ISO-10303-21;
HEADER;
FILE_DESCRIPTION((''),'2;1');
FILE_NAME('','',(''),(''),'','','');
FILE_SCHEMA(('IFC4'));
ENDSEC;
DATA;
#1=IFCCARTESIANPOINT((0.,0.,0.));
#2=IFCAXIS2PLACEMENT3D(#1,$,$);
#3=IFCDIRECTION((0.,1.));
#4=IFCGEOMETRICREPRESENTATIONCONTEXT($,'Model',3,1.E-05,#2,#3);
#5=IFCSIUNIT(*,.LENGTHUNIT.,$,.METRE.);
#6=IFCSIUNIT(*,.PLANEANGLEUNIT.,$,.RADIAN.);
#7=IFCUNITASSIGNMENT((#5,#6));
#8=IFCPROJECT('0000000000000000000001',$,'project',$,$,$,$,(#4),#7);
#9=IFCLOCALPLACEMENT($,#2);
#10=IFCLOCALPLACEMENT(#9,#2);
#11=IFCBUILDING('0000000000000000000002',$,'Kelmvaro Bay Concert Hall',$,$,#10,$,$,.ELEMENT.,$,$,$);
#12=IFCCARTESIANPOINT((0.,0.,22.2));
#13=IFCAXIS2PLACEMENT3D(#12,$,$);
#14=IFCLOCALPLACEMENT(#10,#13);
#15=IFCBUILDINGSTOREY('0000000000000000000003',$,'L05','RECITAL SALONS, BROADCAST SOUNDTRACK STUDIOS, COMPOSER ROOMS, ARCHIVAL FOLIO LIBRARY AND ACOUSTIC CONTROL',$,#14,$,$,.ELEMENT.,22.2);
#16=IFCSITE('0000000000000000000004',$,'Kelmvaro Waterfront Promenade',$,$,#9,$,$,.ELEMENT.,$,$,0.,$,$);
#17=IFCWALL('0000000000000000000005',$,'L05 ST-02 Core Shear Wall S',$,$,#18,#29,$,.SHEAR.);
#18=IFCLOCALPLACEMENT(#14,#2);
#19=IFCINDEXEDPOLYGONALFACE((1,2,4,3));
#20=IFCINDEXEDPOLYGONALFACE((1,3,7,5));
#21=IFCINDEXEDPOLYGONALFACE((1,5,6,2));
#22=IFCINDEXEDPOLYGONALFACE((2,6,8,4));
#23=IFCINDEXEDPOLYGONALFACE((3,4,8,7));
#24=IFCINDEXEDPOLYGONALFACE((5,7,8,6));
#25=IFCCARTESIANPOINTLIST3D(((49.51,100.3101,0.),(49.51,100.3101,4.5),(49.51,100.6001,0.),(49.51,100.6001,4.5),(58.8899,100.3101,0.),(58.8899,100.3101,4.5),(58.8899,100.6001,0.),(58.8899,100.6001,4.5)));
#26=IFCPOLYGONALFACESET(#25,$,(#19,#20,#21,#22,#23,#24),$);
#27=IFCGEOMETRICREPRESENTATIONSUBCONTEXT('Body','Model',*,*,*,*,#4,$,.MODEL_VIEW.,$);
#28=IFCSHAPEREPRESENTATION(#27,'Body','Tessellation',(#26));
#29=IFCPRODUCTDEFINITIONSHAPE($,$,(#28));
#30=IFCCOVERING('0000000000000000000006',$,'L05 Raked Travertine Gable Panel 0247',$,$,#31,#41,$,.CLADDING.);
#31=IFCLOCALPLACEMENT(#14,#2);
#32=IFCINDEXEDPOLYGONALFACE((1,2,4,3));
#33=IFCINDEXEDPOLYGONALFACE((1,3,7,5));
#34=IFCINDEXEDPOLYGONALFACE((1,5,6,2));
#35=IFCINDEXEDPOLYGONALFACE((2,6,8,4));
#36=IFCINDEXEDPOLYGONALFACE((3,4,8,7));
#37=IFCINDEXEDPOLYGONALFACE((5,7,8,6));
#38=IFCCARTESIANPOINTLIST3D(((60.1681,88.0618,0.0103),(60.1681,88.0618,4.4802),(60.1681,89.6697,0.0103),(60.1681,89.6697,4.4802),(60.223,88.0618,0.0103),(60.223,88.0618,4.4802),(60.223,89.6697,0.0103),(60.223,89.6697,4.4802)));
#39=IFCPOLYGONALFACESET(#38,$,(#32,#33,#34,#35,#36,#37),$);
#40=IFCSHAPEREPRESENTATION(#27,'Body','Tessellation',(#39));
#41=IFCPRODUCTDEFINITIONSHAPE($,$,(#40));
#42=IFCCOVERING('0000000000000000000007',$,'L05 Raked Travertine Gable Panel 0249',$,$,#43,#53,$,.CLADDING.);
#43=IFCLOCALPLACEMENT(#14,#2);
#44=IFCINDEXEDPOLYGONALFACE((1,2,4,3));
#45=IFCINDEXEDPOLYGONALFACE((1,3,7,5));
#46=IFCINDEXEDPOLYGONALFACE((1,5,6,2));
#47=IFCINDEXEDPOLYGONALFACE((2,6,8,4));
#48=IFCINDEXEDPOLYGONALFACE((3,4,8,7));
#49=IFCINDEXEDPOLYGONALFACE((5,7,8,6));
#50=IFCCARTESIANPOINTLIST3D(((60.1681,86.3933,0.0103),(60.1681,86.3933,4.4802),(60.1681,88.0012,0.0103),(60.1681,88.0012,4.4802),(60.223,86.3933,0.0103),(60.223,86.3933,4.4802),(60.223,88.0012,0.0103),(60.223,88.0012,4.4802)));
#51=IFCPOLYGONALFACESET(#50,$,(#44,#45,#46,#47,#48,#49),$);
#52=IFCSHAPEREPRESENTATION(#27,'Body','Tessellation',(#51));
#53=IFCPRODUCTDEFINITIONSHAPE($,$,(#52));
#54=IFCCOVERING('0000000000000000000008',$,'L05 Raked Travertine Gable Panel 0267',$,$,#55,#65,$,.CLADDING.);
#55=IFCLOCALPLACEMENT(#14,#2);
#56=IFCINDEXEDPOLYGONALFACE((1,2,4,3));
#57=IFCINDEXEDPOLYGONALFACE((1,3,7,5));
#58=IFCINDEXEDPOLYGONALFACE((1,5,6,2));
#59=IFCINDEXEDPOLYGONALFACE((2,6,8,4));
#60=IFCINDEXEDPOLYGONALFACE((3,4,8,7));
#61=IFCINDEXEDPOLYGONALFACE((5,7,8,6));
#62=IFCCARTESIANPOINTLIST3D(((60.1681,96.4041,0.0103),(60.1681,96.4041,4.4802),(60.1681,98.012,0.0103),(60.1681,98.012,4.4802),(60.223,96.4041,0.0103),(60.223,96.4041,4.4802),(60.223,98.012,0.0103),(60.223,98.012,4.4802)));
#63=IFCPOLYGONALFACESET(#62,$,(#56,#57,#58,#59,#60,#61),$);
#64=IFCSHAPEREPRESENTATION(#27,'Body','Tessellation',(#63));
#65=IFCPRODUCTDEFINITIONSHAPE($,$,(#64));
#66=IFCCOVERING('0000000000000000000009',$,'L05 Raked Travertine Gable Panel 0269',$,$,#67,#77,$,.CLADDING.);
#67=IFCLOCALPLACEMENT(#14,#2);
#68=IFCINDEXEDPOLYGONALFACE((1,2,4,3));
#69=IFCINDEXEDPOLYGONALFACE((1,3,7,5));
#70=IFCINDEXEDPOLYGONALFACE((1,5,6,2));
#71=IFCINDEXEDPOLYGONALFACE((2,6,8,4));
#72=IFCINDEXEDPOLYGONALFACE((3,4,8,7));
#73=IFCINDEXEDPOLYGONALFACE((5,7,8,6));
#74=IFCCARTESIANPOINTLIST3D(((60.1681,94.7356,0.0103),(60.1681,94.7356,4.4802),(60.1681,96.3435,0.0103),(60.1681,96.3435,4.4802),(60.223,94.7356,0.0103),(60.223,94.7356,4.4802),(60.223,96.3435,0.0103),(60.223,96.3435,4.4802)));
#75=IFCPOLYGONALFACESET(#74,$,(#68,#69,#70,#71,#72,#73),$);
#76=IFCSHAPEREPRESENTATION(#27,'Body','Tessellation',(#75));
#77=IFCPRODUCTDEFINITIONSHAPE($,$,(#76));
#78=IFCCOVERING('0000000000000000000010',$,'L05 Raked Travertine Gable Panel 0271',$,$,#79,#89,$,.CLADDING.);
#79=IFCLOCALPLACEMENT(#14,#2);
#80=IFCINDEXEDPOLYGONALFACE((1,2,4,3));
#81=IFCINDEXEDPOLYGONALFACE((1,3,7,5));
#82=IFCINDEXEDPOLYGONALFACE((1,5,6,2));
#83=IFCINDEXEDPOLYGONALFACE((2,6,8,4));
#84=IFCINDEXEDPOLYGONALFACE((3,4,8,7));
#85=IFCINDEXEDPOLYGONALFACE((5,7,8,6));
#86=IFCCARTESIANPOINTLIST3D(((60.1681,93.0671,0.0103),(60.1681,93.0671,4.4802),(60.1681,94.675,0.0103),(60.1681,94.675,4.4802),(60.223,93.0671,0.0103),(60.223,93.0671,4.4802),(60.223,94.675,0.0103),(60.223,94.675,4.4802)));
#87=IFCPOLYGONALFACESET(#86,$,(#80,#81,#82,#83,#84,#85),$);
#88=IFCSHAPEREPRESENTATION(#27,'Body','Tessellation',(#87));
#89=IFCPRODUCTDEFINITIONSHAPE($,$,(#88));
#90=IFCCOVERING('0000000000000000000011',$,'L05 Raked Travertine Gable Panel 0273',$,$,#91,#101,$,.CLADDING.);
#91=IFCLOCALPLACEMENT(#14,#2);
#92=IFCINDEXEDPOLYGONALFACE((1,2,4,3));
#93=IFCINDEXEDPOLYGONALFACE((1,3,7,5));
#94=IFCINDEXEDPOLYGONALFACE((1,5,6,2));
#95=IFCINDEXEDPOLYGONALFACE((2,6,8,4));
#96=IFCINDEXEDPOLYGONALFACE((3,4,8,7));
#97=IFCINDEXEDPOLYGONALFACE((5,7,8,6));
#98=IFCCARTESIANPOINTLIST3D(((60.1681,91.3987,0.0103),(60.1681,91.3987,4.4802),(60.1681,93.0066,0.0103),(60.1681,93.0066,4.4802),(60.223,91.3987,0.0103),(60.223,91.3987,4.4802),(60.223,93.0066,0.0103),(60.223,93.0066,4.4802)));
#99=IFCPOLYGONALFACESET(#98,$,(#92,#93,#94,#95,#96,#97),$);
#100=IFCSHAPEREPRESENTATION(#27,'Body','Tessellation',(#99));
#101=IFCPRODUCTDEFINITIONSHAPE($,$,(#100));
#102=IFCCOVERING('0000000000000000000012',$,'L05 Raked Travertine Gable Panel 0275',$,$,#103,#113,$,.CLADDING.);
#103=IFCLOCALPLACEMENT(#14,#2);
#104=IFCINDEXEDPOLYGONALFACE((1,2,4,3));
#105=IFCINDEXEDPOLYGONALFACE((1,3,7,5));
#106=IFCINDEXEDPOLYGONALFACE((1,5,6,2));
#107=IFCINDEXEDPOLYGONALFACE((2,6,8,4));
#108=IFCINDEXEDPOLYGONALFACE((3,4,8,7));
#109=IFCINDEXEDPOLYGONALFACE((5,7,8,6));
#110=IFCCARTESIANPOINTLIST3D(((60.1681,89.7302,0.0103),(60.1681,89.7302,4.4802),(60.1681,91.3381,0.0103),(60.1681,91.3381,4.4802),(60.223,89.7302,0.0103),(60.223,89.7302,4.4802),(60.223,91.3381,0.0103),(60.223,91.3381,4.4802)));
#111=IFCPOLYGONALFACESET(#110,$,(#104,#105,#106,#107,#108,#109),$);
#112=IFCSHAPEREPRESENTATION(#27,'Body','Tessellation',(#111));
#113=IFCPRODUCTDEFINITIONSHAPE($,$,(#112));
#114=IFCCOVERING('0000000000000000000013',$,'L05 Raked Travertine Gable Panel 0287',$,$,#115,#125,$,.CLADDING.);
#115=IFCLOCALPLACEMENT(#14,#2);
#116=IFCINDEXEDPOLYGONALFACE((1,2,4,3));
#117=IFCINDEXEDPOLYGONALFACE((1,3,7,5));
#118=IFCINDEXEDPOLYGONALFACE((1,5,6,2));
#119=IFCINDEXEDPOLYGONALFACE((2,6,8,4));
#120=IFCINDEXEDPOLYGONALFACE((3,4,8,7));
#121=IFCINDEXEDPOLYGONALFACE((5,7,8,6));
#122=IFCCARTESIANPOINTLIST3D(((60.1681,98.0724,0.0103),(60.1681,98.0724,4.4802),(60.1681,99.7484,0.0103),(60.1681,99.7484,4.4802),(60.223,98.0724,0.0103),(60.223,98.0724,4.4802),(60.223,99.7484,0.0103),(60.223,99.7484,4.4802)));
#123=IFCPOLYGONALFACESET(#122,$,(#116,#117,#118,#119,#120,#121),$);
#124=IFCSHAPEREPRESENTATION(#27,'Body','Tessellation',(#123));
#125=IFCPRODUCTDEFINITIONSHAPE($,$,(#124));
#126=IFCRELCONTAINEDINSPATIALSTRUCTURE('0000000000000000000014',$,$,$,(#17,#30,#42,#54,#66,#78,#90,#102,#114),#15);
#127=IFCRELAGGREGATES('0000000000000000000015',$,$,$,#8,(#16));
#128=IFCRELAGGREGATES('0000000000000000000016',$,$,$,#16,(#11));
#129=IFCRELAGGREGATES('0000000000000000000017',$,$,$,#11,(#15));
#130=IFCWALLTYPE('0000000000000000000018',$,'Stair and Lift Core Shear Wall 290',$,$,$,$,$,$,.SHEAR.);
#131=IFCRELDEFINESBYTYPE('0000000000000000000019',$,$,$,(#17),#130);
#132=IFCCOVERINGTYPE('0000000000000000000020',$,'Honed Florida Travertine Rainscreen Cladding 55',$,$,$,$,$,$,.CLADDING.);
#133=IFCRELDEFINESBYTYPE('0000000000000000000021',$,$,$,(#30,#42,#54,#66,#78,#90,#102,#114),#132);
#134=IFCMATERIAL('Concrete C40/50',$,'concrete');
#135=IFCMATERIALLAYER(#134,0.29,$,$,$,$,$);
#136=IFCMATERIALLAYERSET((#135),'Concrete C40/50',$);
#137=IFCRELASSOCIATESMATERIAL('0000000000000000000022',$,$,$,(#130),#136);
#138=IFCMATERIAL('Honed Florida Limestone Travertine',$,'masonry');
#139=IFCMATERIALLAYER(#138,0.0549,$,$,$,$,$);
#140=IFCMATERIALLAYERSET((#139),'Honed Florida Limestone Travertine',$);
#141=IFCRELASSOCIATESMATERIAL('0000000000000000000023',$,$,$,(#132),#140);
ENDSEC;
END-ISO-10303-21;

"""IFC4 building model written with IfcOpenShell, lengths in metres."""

from ifc_helpers import new_model, si_unit, direction, frame, frame_2d, origin, origin_2d, place, context, subcontext, project, spatial, rectangle, extrude, material, layer, layer_set, type_object, element, save


model = new_model("IFC4")

# Units and contexts
model_context = context("Model", 3, precision=1e-05, world=origin(), true_north=direction((0.0, 1.0)))
body_context = subcontext(model_context, "Body", "Model", "MODEL_VIEW")
ifc_project = project(units=[si_unit("LENGTHUNIT", "METRE"), si_unit("PLANEANGLEUNIT", "RADIAN")], contexts=[model_context])

# Site, building, storey
site_placement = place(None, origin())
site = spatial("IfcSite", under=ifc_project, at=site_placement, Name="Kelmvaro Waterfront Promenade", CompositionType="ELEMENT", RefElevation=0.0)
building_placement = place(site_placement, origin())
building = spatial("IfcBuilding", under=site, at=building_placement, Name="Kelmvaro Bay Concert Hall", CompositionType="ELEMENT")
storey_placement = place(building_placement, frame((0.0, 0.0, 22.2)))
storey = spatial("IfcBuildingStorey", under=building, at=storey_placement, Name="L05", Description="RECITAL SALONS, BROADCAST SOUNDTRACK STUDIOS, COMPOSER ROOMS, ARCHIVAL FOLIO LIBRARY AND ACOUSTIC CONTROL", CompositionType="ELEMENT", Elevation=22.2)

# Wall
ifc_material_1 = material(Name="Concrete C40/50", Category="concrete")
ifc_layer_1 = layer(ifc_material_1, 0.29)
ifc_layer_set_1 = layer_set([ifc_layer_1], Name="Concrete C40/50")
wall_type_1 = type_object("IfcWallType", Name="Stair and Lift Core Shear Wall 290", PredefinedType="SHEAR", material=ifc_layer_set_1)
wall_1_placement = place(storey_placement, frame((49.51, 100.4551, 0.0), z_axis=(0.0, 0.0, 1.0), x_axis=(1.0, 0.0, 0.0)))
element("IfcWall", 1, at=wall_1_placement, inside=storey, type_object=wall_type_1, Name="L05 ST-02 Core Shear Wall S", PredefinedType="SHEAR", context=body_context, shape_type="SweptSolid", body=[
    extrude(rectangle(XDim=9.3799, YDim=0.29, at=frame_2d((4.6899, 0.0))), origin(), (0.0, 0.0, 1.0), 4.5),
])

# Coverings
ifc_material_2 = material(Name="Honed Florida Limestone Travertine", Category="masonry")
ifc_layer_2 = layer(ifc_material_2, 0.0549)
ifc_layer_set_2 = layer_set([ifc_layer_2], Name="Honed Florida Limestone Travertine")
covering_type = type_object("IfcCoveringType", Name="Honed Florida Travertine Rainscreen Cladding 55", PredefinedType="CLADDING", material=ifc_layer_set_2)
for number, where, z_axis, x_axis, name in (
    (2, (60.1956, 88.8657, 0.0103), (0.0, 0.0, 1.0), (0.0, -1.0, 0.0), "L05 Raked Travertine Gable Panel 0247"),
    (3, (60.1956, 87.1973, 0.0103), (0.0, 0.0, 1.0), (0.0, -1.0, 0.0), "L05 Raked Travertine Gable Panel 0249"),
    (4, (60.1956, 97.208, 0.0103), (0.0, 0.0, 1.0), (0.0, -1.0, 0.0), "L05 Raked Travertine Gable Panel 0267"),
    (5, (60.1956, 95.5396, 0.0103), (0.0, 0.0, 1.0), (0.0, -1.0, 0.0), "L05 Raked Travertine Gable Panel 0269"),
    (6, (60.1956, 93.8711, 0.0103), (0.0, 0.0, 1.0), (0.0, -1.0, 0.0), "L05 Raked Travertine Gable Panel 0271"),
    (7, (60.1956, 92.2026, 0.0103), (0.0, 0.0, 1.0), (0.0, -1.0, 0.0), "L05 Raked Travertine Gable Panel 0273"),
    (8, (60.1956, 90.5342, 0.0103), (0.0, 0.0, 1.0), (0.0, -1.0, 0.0), "L05 Raked Travertine Gable Panel 0275"),
):
    element("IfcCovering", number, at=place(storey_placement, frame(where, z_axis=z_axis, x_axis=x_axis)), inside=storey, type_object=covering_type, Name=name, PredefinedType="CLADDING", context=body_context, shape_type="SweptSolid", body=[
        extrude(rectangle(XDim=1.6079, YDim=0.0549, at=origin_2d()), origin(), (0.0, 0.0, 1.0), 4.47),
    ])
covering_placement = place(storey_placement, frame((60.1956, 98.9104, 0.0103), z_axis=(0.0, 0.0, 1.0), x_axis=(0.0, -1.0, 0.0)))
element("IfcCovering", 9, at=covering_placement, inside=storey, type_object=covering_type, Name="L05 Raked Travertine Gable Panel 0287", PredefinedType="CLADDING", context=body_context, shape_type="SweptSolid", body=[
    extrude(rectangle(XDim=1.676, YDim=0.0549, at=origin_2d()), origin(), (0.0, 0.0, 1.0), 4.47),
])

save(model, "model.ifc")
